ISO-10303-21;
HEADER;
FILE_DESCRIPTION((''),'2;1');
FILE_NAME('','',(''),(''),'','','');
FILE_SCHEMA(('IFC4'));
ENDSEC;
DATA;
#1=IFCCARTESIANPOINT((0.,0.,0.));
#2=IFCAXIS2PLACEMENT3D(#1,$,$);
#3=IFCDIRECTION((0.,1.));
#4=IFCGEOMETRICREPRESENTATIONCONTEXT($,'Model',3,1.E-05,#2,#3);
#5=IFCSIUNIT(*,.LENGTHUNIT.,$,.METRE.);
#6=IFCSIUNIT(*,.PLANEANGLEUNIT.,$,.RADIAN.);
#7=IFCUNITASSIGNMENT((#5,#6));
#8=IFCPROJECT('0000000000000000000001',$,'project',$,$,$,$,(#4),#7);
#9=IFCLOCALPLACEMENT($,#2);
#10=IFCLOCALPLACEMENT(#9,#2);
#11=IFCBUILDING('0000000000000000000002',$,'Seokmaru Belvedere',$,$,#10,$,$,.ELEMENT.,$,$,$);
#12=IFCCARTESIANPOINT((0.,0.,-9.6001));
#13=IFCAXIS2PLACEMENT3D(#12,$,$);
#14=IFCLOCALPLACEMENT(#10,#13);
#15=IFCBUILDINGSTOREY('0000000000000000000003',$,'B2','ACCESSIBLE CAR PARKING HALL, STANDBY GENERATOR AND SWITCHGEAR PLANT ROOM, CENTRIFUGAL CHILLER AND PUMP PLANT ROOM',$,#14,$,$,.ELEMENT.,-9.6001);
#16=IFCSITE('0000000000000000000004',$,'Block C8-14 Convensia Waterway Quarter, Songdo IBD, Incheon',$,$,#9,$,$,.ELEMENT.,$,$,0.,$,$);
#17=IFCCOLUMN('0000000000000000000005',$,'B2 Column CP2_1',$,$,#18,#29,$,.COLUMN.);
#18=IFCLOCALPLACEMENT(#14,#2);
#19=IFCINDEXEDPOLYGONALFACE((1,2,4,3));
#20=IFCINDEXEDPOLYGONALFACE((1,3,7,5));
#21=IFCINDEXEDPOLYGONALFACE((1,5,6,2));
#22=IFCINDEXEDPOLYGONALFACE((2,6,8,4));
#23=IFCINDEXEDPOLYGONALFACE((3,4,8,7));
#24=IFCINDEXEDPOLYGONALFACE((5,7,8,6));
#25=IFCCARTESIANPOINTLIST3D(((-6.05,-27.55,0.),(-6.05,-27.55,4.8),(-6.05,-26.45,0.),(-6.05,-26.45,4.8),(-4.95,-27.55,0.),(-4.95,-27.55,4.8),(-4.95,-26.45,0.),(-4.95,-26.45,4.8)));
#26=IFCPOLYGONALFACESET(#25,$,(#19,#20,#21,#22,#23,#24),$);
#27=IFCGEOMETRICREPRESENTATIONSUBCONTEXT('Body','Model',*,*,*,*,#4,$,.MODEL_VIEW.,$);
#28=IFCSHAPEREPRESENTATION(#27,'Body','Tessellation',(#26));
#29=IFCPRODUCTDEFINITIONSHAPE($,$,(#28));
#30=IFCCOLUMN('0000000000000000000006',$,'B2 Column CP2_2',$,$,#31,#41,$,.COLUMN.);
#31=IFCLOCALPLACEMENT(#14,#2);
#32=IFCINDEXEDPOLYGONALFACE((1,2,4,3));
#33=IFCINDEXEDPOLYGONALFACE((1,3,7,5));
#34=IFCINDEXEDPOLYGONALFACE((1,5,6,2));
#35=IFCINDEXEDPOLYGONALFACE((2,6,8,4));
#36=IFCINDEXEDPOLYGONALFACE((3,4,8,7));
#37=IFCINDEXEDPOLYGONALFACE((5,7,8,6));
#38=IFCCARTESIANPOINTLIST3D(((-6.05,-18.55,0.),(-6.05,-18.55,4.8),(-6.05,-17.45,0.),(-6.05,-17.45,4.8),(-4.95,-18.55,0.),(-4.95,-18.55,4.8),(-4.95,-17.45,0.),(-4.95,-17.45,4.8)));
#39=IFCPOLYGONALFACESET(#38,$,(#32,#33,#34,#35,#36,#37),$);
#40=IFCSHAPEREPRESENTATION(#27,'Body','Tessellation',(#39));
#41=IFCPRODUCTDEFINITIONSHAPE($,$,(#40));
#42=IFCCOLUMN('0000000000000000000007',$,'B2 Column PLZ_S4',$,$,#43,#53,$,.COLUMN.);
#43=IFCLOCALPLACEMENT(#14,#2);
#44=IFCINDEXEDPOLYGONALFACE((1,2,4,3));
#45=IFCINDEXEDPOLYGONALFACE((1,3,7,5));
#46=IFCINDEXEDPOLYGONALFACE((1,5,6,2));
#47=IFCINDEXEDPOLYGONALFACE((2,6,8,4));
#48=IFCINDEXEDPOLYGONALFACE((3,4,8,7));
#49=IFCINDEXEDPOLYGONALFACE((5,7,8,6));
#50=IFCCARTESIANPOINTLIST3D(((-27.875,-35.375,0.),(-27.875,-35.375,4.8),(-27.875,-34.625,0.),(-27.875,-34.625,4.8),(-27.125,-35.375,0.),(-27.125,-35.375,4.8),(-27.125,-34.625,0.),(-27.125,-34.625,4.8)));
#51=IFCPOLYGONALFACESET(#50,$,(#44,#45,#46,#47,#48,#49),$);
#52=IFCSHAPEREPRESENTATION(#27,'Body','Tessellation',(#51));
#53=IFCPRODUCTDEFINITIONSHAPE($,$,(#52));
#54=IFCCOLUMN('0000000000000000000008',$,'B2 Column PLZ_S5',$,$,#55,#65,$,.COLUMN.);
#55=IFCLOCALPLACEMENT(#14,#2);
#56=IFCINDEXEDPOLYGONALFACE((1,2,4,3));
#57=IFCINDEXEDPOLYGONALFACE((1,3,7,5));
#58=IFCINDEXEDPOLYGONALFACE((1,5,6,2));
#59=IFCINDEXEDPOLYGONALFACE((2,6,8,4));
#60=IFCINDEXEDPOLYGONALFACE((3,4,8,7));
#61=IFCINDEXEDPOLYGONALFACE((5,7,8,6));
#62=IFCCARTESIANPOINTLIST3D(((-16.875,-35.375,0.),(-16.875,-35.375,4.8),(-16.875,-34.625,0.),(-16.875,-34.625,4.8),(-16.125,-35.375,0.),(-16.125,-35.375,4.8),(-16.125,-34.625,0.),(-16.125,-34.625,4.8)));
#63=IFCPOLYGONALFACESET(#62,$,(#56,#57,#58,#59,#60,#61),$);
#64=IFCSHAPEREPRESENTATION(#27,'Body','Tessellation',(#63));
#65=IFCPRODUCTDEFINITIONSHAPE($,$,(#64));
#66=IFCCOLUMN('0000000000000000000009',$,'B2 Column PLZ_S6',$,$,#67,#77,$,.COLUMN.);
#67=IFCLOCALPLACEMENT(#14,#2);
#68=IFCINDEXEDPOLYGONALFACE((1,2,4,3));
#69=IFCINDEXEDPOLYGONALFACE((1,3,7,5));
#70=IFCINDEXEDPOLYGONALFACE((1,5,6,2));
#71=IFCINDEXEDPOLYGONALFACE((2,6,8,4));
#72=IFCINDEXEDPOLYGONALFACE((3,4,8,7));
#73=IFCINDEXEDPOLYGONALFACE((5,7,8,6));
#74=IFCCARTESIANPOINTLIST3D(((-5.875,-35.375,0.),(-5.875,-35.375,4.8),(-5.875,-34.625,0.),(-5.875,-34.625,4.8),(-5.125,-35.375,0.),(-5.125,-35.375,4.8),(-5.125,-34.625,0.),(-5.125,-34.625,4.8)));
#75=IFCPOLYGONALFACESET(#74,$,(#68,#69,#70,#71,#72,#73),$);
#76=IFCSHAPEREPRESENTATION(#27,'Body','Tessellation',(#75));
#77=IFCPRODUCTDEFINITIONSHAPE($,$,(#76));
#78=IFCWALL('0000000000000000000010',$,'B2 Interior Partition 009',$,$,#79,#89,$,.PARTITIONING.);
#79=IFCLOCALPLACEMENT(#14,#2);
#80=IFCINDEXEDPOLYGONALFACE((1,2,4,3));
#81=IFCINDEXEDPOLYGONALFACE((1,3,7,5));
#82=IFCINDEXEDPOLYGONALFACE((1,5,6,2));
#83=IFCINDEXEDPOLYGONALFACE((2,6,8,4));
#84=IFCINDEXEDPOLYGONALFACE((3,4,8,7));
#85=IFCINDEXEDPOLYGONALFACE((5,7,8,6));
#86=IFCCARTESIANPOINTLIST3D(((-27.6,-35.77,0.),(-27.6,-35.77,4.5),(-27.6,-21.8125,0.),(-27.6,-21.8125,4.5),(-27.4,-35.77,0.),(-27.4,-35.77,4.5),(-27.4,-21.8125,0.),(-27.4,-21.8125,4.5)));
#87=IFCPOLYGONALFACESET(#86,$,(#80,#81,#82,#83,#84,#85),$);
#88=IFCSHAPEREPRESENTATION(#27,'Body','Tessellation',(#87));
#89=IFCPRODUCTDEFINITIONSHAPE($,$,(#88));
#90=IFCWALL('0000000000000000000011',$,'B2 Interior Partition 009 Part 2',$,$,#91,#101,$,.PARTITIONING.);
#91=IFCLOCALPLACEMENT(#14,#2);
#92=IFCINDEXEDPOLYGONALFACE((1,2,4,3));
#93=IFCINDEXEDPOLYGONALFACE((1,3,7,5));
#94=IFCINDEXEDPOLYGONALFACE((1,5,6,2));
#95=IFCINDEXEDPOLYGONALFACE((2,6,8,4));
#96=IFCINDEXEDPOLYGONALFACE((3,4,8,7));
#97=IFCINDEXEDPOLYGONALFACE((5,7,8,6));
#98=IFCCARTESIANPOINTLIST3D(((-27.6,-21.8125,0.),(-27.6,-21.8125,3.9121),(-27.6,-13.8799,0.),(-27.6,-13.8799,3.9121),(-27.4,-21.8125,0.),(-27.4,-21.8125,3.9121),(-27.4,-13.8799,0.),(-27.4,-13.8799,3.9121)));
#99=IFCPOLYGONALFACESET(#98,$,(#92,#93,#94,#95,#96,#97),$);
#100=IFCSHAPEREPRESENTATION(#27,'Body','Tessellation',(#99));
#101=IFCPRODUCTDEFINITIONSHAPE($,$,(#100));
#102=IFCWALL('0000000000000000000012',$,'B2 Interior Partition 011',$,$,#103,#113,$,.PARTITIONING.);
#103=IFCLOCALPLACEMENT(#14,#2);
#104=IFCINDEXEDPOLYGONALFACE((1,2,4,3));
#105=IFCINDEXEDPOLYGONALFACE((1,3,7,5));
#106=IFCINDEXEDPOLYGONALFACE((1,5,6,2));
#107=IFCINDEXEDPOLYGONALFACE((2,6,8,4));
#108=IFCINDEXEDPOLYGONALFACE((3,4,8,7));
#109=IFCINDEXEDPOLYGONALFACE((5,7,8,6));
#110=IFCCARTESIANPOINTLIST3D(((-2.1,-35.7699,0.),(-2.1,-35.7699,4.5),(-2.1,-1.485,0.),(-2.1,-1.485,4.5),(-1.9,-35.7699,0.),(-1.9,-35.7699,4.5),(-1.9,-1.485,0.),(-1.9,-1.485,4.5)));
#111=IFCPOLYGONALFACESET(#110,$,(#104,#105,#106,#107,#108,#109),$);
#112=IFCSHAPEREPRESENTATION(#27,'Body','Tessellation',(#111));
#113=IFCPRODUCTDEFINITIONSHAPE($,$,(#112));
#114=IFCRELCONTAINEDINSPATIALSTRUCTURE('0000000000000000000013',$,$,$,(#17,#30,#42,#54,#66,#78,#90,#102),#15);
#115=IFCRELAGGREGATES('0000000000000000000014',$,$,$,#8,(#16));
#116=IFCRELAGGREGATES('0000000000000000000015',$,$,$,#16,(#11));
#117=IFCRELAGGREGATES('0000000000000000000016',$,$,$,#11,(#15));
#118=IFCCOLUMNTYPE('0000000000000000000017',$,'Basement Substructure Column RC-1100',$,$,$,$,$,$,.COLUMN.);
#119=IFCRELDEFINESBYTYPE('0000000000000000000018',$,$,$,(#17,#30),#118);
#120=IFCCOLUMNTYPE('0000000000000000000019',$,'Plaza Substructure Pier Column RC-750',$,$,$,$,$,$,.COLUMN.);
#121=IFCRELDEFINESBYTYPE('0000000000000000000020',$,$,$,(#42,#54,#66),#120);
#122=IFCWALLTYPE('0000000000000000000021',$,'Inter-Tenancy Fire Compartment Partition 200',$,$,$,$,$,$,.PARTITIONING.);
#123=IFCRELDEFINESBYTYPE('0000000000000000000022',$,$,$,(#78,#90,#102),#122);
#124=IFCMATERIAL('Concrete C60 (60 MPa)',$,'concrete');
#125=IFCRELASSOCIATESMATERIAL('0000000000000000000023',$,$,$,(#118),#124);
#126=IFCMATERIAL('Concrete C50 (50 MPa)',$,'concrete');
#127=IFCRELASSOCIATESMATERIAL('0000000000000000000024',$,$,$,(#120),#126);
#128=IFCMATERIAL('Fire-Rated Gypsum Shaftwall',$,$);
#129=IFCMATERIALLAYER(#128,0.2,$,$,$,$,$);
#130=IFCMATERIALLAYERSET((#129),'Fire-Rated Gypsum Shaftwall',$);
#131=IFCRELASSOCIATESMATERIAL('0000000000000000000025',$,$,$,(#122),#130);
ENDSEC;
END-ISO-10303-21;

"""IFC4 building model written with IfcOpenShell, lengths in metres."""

from ifc_helpers import new_model, si_unit, direction, frame, frame_2d, origin, origin_2d, place, context, subcontext, project, spatial, rectangle, extrude, source, transform, mapped, material, layer, layer_set, material_profile, profile_set, type_object, type_shapes, element, save


model = new_model("IFC4")

# Units and contexts
model_context = context("Model", 3, precision=1e-05, world=origin(), true_north=direction((0.0, 1.0)))
body_context = subcontext(model_context, "Body", "Model", "MODEL_VIEW")
ifc_project = project(units=[si_unit("LENGTHUNIT", "METRE"), si_unit("PLANEANGLEUNIT", "RADIAN")], contexts=[model_context])

# Site, building, storey
site_placement = place(None, origin())
site = spatial("IfcSite", under=ifc_project, at=site_placement, Name="Block C8-14 Convensia Waterway Quarter, Songdo IBD, Incheon", CompositionType="ELEMENT", RefElevation=0.0)
building_placement = place(site_placement, origin())
building = spatial("IfcBuilding", under=site, at=building_placement, Name="Seokmaru Belvedere", CompositionType="ELEMENT")
storey_placement = place(building_placement, frame((0.0, 0.0, -9.6001)))
storey = spatial("IfcBuildingStorey", under=building, at=storey_placement, Name="B2", Description="ACCESSIBLE CAR PARKING HALL, STANDBY GENERATOR AND SWITCHGEAR PLANT ROOM, CENTRIFUGAL CHILLER AND PUMP PLANT ROOM", CompositionType="ELEMENT", Elevation=-9.6001)

# Shared definitions
ifc_material_1 = material(Name="Concrete C50 (50 MPa)", Category="concrete")

# Columns
ifc_material_2 = material(Name="Concrete C60 (60 MPa)", Category="concrete")
ifc_material_profile_1 = material_profile(ifc_material_2, rectangle(XDim=1.1001, YDim=1.1001, at=origin_2d()), Name="RC-1100x1100")
ifc_profile_set_1 = profile_set([ifc_material_profile_1], Name="Concrete C60 (60 MPa)")
column_type_1 = type_object("IfcColumnType", Name="Basement Substructure Column RC-1100", PredefinedType="COLUMN", material=ifc_profile_set_1)
shared_shape_1 = source(origin(), body_context, "Body", "SweptSolid", [
    extrude(rectangle(XDim=1.1001, YDim=1.1001, at=origin_2d()), origin(), (0.0, 0.0, 1.0), 4.8),
])
type_shapes(column_type_1, [shared_shape_1])
for number, where, z_axis, x_axis, name in (
    (1, (-5.5, -27.0, 0.0), (0.0, 0.0, 1.0), (1.0, 0.0, 0.0), "B2 Column CP2_1"),
    (2, (-5.5, -18.0, 0.0), (0.0, 0.0, 1.0), (1.0, 0.0, 0.0), "B2 Column CP2_2"),
):
    element("IfcColumn", number, at=place(storey_placement, frame(where, z_axis=z_axis, x_axis=x_axis)), inside=storey, type_object=column_type_1, Name=name, PredefinedType="COLUMN", context=body_context, shape_type="MappedRepresentation", body=[
        mapped(shared_shape_1, transform((0.0, 0.0, 0.0), scale=1.0)),
    ])
ifc_material_profile_2 = material_profile(ifc_material_1, rectangle(XDim=0.75, YDim=0.75, at=origin_2d()), Name="RC-750x750")
ifc_profile_set_2 = profile_set([ifc_material_profile_2], Name="Concrete C50 (50 MPa)")
column_type_2 = type_object("IfcColumnType", Name="Plaza Substructure Pier Column RC-750", PredefinedType="COLUMN", material=ifc_profile_set_2)
shared_shape_2 = source(origin(), body_context, "Body", "SweptSolid", [
    extrude(rectangle(XDim=0.75, YDim=0.75, at=origin_2d()), origin(), (0.0, 0.0, 1.0), 4.8),
])
type_shapes(column_type_2, [shared_shape_2])
for number, where, z_axis, x_axis, name in (
    (3, (-27.5, -35.0, 0.0), (0.0, 0.0, 1.0), (1.0, 0.0, 0.0), "B2 Column PLZ_S4"),
    (4, (-16.5, -35.0, 0.0), (0.0, 0.0, 1.0), (1.0, 0.0, 0.0), "B2 Column PLZ_S5"),
    (5, (-5.5, -35.0, 0.0), (0.0, 0.0, 1.0), (1.0, 0.0, 0.0), "B2 Column PLZ_S6"),
):
    element("IfcColumn", number, at=place(storey_placement, frame(where, z_axis=z_axis, x_axis=x_axis)), inside=storey, type_object=column_type_2, Name=name, PredefinedType="COLUMN", context=body_context, shape_type="MappedRepresentation", body=[
        mapped(shared_shape_2, transform((0.0, 0.0, 0.0), scale=1.0)),
    ])

# Walls
ifc_material_3 = material(Name="Fire-Rated Gypsum Shaftwall")
ifc_layer_1 = layer(ifc_material_3, 0.2)
ifc_layer_set_1 = layer_set([ifc_layer_1], Name="Fire-Rated Gypsum Shaftwall")
wall_type = type_object("IfcWallType", Name="Inter-Tenancy Fire Compartment Partition 200", PredefinedType="PARTITIONING", material=ifc_layer_set_1)
wall_1_placement = place(storey_placement, frame((-27.5, -35.77, 0.0), z_axis=(0.0, 0.0, 1.0), x_axis=(0.0, 1.0, 0.0)))
element("IfcWall", 6, at=wall_1_placement, inside=storey, type_object=wall_type, Name="B2 Interior Partition 009", PredefinedType="PARTITIONING", context=body_context, shape_type="SweptSolid", body=[
    extrude(rectangle(XDim=13.9575, YDim=0.2, at=frame_2d((6.9788, 0.0))), origin(), (0.0, 0.0, 1.0), 4.5),
])
wall_2_placement = place(storey_placement, frame((-27.5, -21.8125, 0.0), z_axis=(0.0, 0.0, 1.0), x_axis=(0.0, 1.0, 0.0)))
element("IfcWall", 7, at=wall_2_placement, inside=storey, type_object=wall_type, Name="B2 Interior Partition 009 Part 2", PredefinedType="PARTITIONING", context=body_context, shape_type="SweptSolid", body=[
    extrude(rectangle(XDim=7.9326, YDim=0.2, at=frame_2d((3.9663, 0.0))), origin(), (0.0, 0.0, 1.0), 3.9121),
])
wall_3_placement = place(storey_placement, frame((-2.0, -35.77, 0.0), z_axis=(0.0, 0.0, 1.0), x_axis=(0.0, 1.0, 0.0)))
element("IfcWall", 8, at=wall_3_placement, inside=storey, type_object=wall_type, Name="B2 Interior Partition 011", PredefinedType="PARTITIONING", context=body_context, shape_type="SweptSolid", body=[
    extrude(rectangle(XDim=34.2849, YDim=0.2, at=frame_2d((17.1426, 0.0))), origin(), (0.0, 0.0, 1.0), 4.5),
])

save(model, "model.ifc")
